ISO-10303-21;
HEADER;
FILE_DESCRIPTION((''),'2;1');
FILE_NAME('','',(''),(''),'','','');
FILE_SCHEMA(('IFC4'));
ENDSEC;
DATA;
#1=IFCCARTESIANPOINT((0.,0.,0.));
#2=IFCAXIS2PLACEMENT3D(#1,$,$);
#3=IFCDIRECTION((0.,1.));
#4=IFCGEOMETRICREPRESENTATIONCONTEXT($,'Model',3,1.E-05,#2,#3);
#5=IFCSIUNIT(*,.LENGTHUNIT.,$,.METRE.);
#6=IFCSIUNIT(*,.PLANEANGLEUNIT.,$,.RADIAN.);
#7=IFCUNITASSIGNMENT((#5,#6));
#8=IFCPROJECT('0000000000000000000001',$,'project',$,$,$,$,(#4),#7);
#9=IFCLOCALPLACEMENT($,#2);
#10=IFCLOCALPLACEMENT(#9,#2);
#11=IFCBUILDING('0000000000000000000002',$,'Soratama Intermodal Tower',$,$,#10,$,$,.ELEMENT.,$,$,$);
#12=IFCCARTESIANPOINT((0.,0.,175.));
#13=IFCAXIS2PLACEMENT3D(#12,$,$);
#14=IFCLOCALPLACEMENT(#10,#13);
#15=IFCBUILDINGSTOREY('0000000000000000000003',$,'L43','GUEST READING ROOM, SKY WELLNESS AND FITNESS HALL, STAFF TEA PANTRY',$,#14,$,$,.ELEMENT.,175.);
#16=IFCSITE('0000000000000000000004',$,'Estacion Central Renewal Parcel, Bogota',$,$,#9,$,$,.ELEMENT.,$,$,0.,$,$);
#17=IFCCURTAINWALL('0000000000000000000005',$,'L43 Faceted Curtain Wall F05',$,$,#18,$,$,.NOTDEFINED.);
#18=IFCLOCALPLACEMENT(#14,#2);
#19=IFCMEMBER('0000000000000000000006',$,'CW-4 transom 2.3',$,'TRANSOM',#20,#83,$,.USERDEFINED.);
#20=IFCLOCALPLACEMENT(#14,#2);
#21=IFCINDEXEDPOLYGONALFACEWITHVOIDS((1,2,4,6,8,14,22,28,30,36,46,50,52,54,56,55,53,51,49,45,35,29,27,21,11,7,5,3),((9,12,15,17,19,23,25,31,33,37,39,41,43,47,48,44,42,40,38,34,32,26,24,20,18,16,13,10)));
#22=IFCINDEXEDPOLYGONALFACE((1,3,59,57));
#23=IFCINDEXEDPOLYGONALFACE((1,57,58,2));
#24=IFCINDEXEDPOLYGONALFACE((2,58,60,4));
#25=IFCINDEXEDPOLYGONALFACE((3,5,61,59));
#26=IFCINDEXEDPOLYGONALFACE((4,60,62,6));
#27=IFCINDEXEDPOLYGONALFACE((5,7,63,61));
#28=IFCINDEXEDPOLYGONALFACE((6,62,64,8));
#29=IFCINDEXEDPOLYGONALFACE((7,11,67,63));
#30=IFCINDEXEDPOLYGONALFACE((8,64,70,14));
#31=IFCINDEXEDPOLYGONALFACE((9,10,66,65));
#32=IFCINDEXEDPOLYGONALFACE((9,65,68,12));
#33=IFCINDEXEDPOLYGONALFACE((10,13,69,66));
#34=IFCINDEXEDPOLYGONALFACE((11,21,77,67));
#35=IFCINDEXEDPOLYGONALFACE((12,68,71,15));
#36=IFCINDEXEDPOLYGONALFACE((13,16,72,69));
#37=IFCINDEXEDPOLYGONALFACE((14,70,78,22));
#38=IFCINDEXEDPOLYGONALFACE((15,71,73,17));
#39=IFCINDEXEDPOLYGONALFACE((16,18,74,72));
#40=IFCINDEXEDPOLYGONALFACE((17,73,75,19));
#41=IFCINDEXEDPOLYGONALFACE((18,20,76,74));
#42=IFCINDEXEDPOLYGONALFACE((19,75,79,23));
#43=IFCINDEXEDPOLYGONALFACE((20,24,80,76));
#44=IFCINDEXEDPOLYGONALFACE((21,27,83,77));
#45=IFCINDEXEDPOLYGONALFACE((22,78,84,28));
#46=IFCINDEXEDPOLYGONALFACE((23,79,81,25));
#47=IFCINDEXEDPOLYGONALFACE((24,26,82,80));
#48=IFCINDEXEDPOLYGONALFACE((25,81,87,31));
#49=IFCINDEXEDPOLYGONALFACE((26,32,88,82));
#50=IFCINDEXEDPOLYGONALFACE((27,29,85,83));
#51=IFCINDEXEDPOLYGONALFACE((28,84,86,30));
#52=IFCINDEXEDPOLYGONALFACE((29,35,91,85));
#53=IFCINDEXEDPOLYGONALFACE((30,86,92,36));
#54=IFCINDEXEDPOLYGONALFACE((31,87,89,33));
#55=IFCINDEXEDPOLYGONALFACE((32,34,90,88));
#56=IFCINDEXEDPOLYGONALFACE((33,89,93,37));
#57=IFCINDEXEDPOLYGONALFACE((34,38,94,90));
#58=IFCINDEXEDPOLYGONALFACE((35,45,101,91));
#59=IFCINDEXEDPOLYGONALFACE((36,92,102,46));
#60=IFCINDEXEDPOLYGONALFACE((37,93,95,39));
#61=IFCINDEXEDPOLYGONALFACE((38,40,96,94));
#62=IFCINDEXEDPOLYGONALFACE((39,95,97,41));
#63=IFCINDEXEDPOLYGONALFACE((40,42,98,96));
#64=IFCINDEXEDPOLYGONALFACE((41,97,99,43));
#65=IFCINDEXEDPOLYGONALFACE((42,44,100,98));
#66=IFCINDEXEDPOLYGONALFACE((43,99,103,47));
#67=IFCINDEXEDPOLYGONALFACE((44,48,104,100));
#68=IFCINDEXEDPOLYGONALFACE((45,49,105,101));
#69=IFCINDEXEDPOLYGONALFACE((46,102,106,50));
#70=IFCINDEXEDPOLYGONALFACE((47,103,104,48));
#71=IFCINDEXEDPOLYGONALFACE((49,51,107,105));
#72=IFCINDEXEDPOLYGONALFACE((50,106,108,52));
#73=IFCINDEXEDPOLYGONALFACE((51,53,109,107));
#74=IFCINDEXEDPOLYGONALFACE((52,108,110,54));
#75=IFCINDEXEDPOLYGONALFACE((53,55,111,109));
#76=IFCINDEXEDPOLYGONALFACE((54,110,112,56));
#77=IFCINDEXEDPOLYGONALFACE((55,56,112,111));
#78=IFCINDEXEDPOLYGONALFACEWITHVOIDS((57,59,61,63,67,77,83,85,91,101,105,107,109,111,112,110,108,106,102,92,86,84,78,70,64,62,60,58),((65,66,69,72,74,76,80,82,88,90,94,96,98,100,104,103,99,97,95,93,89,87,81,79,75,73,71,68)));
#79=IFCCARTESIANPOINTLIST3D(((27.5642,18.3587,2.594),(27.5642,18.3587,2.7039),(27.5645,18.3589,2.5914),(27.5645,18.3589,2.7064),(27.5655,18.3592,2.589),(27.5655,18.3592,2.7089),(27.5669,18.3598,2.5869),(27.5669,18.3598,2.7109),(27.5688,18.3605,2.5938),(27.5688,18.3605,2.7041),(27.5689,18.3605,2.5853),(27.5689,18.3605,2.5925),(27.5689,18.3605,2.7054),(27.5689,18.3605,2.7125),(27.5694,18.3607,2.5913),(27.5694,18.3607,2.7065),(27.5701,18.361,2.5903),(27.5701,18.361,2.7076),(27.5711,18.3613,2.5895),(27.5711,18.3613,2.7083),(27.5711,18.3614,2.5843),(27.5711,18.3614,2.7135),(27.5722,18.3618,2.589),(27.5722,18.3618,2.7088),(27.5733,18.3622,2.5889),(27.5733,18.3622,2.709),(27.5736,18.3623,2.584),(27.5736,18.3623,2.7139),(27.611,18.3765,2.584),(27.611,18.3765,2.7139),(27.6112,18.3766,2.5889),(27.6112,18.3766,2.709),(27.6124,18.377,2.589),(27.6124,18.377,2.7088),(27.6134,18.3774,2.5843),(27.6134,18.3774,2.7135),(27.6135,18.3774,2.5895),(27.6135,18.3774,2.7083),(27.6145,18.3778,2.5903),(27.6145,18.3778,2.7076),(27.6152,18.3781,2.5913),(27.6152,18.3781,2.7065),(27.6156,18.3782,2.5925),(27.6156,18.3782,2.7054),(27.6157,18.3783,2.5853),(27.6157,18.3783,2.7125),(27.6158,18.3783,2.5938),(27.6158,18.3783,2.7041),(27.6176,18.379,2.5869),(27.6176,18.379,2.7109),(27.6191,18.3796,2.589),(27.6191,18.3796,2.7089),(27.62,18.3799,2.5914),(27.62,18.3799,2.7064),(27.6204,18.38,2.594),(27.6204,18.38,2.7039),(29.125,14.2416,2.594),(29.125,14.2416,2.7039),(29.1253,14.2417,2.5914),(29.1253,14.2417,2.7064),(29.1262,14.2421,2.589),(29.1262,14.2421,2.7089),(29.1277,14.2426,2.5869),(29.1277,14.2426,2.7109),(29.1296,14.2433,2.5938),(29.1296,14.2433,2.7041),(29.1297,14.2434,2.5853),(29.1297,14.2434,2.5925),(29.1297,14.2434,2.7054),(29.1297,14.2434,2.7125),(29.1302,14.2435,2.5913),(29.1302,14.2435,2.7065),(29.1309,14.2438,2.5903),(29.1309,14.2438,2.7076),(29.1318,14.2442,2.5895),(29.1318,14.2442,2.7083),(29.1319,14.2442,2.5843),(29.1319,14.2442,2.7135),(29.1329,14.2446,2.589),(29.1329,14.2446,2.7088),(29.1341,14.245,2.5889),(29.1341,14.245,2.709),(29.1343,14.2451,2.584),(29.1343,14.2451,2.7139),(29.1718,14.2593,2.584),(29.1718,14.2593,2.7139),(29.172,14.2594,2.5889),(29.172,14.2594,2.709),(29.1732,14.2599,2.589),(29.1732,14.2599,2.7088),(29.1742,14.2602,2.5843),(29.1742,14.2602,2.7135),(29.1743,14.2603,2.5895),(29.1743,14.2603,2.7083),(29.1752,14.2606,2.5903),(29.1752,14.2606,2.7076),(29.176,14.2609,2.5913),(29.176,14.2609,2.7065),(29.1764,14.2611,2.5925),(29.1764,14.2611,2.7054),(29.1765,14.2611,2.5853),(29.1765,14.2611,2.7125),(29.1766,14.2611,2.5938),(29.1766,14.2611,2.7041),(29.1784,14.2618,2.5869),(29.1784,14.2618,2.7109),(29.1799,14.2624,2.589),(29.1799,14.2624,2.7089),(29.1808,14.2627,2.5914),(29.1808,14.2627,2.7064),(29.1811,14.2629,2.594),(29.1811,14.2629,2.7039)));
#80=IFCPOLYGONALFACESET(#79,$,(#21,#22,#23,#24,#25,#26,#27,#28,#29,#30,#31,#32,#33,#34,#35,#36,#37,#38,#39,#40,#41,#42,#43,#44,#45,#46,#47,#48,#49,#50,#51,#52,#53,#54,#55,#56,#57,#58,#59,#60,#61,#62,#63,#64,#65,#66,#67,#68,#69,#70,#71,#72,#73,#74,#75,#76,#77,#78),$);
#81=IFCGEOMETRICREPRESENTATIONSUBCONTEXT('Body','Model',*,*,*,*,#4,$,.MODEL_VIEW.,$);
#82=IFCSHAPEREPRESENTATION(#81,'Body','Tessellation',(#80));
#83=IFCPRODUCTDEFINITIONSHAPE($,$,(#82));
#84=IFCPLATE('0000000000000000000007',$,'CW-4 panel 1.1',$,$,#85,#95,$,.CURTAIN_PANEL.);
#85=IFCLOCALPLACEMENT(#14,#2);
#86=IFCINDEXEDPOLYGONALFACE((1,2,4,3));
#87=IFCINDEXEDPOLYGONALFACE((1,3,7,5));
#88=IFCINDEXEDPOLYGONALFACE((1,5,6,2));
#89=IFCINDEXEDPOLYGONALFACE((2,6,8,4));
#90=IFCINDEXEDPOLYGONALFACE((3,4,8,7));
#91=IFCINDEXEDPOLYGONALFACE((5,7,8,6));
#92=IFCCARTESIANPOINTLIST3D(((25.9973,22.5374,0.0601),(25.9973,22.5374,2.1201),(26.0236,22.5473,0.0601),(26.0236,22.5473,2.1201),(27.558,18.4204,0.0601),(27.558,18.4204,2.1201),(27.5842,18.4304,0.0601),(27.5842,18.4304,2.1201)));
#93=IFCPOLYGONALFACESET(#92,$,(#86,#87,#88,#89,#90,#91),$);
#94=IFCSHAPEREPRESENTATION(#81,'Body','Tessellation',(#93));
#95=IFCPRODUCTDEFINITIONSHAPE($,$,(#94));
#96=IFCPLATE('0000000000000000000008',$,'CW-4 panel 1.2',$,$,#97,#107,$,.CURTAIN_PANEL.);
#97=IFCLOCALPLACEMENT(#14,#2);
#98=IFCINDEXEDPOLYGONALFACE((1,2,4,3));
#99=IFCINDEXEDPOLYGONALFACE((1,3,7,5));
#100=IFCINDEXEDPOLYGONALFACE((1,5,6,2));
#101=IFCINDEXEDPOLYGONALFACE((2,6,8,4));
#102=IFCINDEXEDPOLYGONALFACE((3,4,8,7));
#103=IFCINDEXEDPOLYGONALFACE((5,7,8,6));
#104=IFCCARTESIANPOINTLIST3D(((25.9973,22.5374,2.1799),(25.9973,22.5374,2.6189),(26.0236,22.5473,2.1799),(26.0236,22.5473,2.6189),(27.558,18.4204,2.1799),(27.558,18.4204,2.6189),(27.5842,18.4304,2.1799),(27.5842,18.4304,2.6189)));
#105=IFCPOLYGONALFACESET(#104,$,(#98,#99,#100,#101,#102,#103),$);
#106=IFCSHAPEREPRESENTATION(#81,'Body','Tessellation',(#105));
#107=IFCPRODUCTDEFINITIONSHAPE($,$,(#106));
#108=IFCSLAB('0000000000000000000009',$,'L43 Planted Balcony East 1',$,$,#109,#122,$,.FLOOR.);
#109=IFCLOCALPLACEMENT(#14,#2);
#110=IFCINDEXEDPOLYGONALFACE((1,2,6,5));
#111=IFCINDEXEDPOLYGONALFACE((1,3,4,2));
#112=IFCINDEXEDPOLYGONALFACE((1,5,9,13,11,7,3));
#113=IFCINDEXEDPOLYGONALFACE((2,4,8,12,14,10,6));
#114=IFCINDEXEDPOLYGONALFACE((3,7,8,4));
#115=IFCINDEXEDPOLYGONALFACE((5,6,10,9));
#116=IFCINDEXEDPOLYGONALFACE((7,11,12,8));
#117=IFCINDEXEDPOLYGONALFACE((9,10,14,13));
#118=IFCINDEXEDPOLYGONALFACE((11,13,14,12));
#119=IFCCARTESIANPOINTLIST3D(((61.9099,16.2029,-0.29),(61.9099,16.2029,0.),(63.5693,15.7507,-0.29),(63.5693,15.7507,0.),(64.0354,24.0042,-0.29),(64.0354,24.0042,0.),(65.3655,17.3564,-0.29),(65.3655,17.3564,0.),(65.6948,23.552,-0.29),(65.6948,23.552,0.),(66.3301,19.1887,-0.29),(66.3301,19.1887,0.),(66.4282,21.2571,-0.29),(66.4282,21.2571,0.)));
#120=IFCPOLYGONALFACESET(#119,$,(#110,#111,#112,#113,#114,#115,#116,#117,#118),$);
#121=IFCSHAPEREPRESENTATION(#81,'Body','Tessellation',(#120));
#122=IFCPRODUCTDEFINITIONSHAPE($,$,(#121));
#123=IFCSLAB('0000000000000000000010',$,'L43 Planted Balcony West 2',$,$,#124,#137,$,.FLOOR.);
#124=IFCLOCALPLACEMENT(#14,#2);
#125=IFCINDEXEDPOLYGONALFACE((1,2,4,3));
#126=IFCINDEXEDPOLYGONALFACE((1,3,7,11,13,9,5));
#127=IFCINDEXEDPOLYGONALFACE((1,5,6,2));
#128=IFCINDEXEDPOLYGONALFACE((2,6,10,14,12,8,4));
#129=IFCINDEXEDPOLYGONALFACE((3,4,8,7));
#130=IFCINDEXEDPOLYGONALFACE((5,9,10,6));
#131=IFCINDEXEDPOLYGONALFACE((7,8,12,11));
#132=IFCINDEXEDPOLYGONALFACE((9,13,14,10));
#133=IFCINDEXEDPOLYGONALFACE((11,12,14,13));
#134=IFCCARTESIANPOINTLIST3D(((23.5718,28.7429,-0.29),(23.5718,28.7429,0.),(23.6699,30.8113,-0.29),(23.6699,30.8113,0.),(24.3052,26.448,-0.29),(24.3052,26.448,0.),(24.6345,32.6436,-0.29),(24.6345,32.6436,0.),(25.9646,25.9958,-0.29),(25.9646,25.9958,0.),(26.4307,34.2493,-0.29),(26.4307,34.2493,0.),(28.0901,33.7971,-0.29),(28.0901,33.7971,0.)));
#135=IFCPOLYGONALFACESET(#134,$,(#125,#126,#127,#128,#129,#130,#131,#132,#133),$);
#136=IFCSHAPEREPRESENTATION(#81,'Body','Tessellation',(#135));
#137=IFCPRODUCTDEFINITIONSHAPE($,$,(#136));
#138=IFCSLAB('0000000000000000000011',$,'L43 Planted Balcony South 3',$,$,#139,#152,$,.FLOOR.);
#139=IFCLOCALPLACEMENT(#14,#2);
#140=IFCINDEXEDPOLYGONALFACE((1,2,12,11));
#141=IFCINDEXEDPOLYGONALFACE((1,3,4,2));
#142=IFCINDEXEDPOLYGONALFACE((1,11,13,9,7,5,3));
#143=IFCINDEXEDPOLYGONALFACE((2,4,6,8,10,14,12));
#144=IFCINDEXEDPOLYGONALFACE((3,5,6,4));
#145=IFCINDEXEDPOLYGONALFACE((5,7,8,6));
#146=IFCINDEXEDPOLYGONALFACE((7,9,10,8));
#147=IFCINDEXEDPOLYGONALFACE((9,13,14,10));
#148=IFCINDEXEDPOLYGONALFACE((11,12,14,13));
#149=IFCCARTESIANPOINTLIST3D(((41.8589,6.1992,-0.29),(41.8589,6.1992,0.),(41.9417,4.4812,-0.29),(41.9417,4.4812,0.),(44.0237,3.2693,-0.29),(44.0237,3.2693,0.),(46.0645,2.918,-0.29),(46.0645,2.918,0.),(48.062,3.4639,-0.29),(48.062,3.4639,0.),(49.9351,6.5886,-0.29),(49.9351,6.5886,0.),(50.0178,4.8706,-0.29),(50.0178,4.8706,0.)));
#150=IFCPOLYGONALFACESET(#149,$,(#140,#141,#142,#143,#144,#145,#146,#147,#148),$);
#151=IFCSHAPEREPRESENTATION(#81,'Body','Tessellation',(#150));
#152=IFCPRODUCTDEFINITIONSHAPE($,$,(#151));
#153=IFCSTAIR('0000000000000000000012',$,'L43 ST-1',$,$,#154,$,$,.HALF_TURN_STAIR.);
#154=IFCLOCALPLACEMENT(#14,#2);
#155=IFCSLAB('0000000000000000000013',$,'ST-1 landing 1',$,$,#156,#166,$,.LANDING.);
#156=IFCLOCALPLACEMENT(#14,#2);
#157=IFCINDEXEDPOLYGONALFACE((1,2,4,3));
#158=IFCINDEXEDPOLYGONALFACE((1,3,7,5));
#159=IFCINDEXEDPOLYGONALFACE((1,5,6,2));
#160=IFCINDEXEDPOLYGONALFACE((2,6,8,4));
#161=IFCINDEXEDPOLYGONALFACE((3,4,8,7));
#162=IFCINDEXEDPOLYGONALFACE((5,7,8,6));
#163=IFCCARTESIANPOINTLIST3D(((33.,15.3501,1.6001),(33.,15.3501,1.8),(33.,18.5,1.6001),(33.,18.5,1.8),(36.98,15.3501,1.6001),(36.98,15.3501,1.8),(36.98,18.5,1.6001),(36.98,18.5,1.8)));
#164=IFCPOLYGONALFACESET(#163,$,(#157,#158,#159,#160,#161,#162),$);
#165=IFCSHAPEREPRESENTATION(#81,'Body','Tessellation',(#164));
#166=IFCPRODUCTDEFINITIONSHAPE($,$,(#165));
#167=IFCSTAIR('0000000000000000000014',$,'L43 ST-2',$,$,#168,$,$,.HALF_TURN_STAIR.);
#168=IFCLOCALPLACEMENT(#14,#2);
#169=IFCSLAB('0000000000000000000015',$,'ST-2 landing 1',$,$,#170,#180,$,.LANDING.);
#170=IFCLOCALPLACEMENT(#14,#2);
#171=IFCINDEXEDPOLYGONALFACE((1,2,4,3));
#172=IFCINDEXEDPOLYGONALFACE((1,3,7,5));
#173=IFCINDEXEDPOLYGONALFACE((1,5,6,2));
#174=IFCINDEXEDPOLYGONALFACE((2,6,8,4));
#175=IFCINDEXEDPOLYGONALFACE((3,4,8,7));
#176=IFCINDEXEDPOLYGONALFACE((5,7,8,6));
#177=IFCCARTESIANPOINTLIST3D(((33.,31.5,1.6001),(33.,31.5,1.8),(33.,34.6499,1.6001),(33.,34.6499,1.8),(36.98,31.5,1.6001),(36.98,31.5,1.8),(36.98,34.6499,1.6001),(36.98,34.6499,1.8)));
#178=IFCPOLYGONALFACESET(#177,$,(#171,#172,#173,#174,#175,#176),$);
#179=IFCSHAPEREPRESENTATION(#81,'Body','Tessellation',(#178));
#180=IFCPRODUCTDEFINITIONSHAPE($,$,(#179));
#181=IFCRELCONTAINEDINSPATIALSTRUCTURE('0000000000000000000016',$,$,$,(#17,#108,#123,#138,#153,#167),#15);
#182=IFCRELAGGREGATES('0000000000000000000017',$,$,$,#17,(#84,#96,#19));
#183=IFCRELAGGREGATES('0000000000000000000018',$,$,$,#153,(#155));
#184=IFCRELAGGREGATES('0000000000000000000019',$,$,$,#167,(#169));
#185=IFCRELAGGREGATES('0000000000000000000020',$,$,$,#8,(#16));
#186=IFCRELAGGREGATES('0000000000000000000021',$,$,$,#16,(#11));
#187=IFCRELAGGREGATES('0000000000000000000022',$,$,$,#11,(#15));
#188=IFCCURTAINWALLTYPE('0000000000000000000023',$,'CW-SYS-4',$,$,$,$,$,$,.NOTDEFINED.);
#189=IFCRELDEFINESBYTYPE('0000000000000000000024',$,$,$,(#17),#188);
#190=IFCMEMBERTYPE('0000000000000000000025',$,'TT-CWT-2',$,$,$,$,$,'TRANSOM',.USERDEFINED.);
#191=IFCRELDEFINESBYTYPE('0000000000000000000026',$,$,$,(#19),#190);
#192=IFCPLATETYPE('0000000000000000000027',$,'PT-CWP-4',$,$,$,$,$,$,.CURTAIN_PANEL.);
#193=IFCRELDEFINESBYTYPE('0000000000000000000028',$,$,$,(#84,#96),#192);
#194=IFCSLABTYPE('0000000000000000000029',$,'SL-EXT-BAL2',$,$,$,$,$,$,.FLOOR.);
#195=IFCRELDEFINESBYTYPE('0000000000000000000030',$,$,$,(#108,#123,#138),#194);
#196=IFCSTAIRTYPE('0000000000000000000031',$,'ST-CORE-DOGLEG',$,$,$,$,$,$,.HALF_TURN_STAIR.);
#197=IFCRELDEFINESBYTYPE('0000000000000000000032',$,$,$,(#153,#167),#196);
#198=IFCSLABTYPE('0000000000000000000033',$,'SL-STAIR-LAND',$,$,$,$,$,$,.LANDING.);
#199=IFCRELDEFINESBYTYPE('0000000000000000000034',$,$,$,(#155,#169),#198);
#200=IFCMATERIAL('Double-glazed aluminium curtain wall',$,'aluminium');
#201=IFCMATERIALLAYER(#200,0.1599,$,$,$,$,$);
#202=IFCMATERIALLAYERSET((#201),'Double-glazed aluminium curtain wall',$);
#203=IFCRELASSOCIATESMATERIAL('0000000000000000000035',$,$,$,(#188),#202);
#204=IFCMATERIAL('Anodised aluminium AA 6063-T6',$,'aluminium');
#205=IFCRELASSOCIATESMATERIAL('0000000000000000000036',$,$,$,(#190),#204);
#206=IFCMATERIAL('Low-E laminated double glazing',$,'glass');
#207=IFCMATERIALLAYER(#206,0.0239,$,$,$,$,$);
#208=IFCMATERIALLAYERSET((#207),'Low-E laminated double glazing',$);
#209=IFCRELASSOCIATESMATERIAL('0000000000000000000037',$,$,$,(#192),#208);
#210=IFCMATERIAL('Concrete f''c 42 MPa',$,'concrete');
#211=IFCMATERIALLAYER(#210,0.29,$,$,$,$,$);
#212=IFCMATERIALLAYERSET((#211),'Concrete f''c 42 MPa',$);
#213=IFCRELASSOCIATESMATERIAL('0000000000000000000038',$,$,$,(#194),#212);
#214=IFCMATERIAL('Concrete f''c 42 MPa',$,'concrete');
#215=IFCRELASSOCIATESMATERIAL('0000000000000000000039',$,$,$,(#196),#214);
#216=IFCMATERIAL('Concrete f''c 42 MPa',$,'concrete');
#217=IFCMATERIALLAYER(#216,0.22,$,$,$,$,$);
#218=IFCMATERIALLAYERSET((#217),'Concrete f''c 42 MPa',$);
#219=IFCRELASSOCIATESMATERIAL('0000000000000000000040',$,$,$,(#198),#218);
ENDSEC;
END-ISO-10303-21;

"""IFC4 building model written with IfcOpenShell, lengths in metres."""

from ifc_helpers import new_model, si_unit, direction, frame, origin, origin_2d, place, context, subcontext, project, spatial, polyline, rectangle, hollow_rectangle, outline, extrude, material, layer, layer_set, material_profile, profile_set, type_object, element, aggregate, save


model = new_model("IFC4")

# Units and contexts
model_context = context("Model", 3, precision=1e-05, world=origin(), true_north=direction((0.0, 1.0)))
body_context = subcontext(model_context, "Body", "Model", "MODEL_VIEW")
ifc_project = project(units=[si_unit("LENGTHUNIT", "METRE"), si_unit("PLANEANGLEUNIT", "RADIAN")], contexts=[model_context])

# Site, building, storey
site_placement = place(None, origin())
site = spatial("IfcSite", under=ifc_project, at=site_placement, Name="Estacion Central Renewal Parcel, Bogota", CompositionType="ELEMENT", RefElevation=0.0)
building_placement = place(site_placement, origin())
building = spatial("IfcBuilding", under=site, at=building_placement, Name="Soratama Intermodal Tower", CompositionType="ELEMENT")
storey_placement = place(building_placement, frame((0.0, 0.0, 175.0)))
storey = spatial("IfcBuildingStorey", under=building, at=storey_placement, Name="L43", Description="GUEST READING ROOM, SKY WELLNESS AND FITNESS HALL, STAFF TEA PANTRY", CompositionType="ELEMENT", Elevation=175.0)

# Curtain wall, member, plates
ifc_material_1 = material(Name="Double-glazed aluminium curtain wall", Category="aluminium")
ifc_layer_1 = layer(ifc_material_1, 0.1599)
ifc_layer_set_1 = layer_set([ifc_layer_1], Name="Double-glazed aluminium curtain wall")
curtain_wall_type = type_object("IfcCurtainWallType", Name="CW-SYS-4", PredefinedType="NOTDEFINED", material=ifc_layer_set_1)
curtain_wall_placement = place(storey_placement, origin())
curtain_wall = element("IfcCurtainWall", 1, at=curtain_wall_placement, inside=storey, type_object=curtain_wall_type, Name="L43 Faceted Curtain Wall F05", PredefinedType="NOTDEFINED")
ifc_material_2 = material(Name="Anodised aluminium AA 6063-T6", Category="aluminium")
ifc_material_profile_1 = material_profile(ifc_material_2, hollow_rectangle(XDim=0.0601, YDim=0.1299, WallThickness=0.0049, InnerFilletRadius=0.0049, OuterFilletRadius=0.01, at=origin_2d()), Name="CWT130X60X5")
ifc_profile_set_1 = profile_set([ifc_material_profile_1], Name="Anodised aluminium AA 6063-T6")
member_type_1 = type_object("IfcMemberType", Name="TT-CWT-2", ElementType="TRANSOM", PredefinedType="USERDEFINED", material=ifc_profile_set_1)
member_1_placement = place(storey_placement, frame((27.5923, 18.3694, 2.6489), z_axis=(0.354475, -0.935065, 0.0), x_axis=(0.935065, 0.354475, 0.0)))
member_1 = element("IfcMember", 2, at=member_1_placement, type_object=member_type_1, Name="CW-4 transom 2.3", ObjectType="TRANSOM", PredefinedType="USERDEFINED", context=body_context, shape_type="SweptSolid", body=[
    extrude(hollow_rectangle(XDim=0.0601, YDim=0.1299, WallThickness=0.0049, InnerFilletRadius=0.0049, OuterFilletRadius=0.01, at=origin_2d()), origin(), (0.0, 0.0, 1.0), 4.4031),
])
ifc_material_3 = material(Name="Low-E laminated double glazing", Category="glass")
ifc_layer_2 = layer(ifc_material_3, 0.0239)
ifc_layer_set_2 = layer_set([ifc_layer_2], Name="Low-E laminated double glazing")
plate_type = type_object("IfcPlateType", Name="PT-CWP-4", PredefinedType="CURTAIN_PANEL", material=ifc_layer_set_2)
plate_1_placement = place(storey_placement, frame((26.7908, 20.4839, 0.0601), z_axis=(0.0, 0.0, 1.0), x_axis=(0.354462, -0.935071, 0.0)))
plate_1 = element("IfcPlate", 3, at=plate_1_placement, type_object=plate_type, Name="CW-4 panel 1.1", PredefinedType="CURTAIN_PANEL", context=body_context, shape_type="SweptSolid", body=[
    extrude(rectangle(XDim=4.4028, YDim=0.0281, at=origin_2d()), origin(), (0.0, 0.0, 1.0), 2.0601),
])
plate_2_placement = place(storey_placement, frame((26.7908, 20.4839, 2.1799), z_axis=(0.0, 0.0, 1.0), x_axis=(0.354462, -0.935071, 0.0)))
plate_2 = element("IfcPlate", 4, at=plate_2_placement, type_object=plate_type, Name="CW-4 panel 1.2", PredefinedType="CURTAIN_PANEL", context=body_context, shape_type="SweptSolid", body=[
    extrude(rectangle(XDim=4.4028, YDim=0.0281, at=origin_2d()), origin(), (0.0, 0.0, 1.0), 0.439),
])
aggregate(curtain_wall, [plate_1, plate_2, member_1])

# Slabs
ifc_material_4 = material(Name="Concrete f'c 42 MPa", Category="concrete")
ifc_layer_3 = layer(ifc_material_4, 0.29)
ifc_layer_set_3 = layer_set([ifc_layer_3], Name="Concrete f'c 42 MPa")
slab_type_1 = type_object("IfcSlabType", Name="SL-EXT-BAL2", PredefinedType="FLOOR", material=ifc_layer_set_3)
slab_1_placement = place(storey_placement, frame((0.0, 0.0, -0.29)))
element("IfcSlab", 5, at=slab_1_placement, inside=storey, type_object=slab_type_1, Name="L43 Planted Balcony East 1", PredefinedType="FLOOR", context=body_context, shape_type="SweptSolid", body=[
    extrude(outline(polyline([(61.9099, 16.2029), (64.0354, 24.0042), (65.6948, 23.552), (66.4282, 21.2571), (66.3301, 19.1887), (65.3655, 17.3564), (63.5693, 15.7507), (61.9099, 16.2029)])), origin(), (0.0, 0.0, 1.0), 0.29),
])
slab_2_placement = place(storey_placement, frame((0.0, 0.0, -0.29)))
element("IfcSlab", 6, at=slab_2_placement, inside=storey, type_object=slab_type_1, Name="L43 Planted Balcony West 2", PredefinedType="FLOOR", context=body_context, shape_type="SweptSolid", body=[
    extrude(outline(polyline([(28.0901, 33.7971), (25.9646, 25.9958), (24.3052, 26.448), (23.5718, 28.7429), (23.6699, 30.8113), (24.6345, 32.6436), (26.4307, 34.2493), (28.0901, 33.7971)])), origin(), (0.0, 0.0, 1.0), 0.29),
])
slab_3_placement = place(storey_placement, frame((0.0, 0.0, -0.29)))
element("IfcSlab", 7, at=slab_3_placement, inside=storey, type_object=slab_type_1, Name="L43 Planted Balcony South 3", PredefinedType="FLOOR", context=body_context, shape_type="SweptSolid", body=[
    extrude(outline(polyline([(41.8589, 6.1992), (49.9351, 6.5886), (50.0178, 4.8706), (48.062, 3.4639), (46.0645, 2.918), (44.0237, 3.2693), (41.9417, 4.4812), (41.8589, 6.1992)])), origin(), (0.0, 0.0, 1.0), 0.29),
])

# Stairs, slabs
ifc_material_5 = material(Name="Concrete f'c 42 MPa", Category="concrete")
stair_type = type_object("IfcStairType", Name="ST-CORE-DOGLEG", PredefinedType="HALF_TURN_STAIR", material=ifc_material_5)
stair_1_placement = place(storey_placement, origin())
stair_1 = element("IfcStair", 8, at=stair_1_placement, inside=storey, type_object=stair_type, Name="L43 ST-1", PredefinedType="HALF_TURN_STAIR")
ifc_material_6 = material(Name="Concrete f'c 42 MPa", Category="concrete")
ifc_layer_4 = layer(ifc_material_6, 0.22)
ifc_layer_set_4 = layer_set([ifc_layer_4], Name="Concrete f'c 42 MPa")
slab_type_2 = type_object("IfcSlabType", Name="SL-STAIR-LAND", PredefinedType="LANDING", material=ifc_layer_set_4)
slab_4_placement = place(storey_placement, frame((0.0, 0.0, 1.6001)))
slab_4 = element("IfcSlab", 9, at=slab_4_placement, type_object=slab_type_2, Name="ST-1 landing 1", PredefinedType="LANDING", context=body_context, shape_type="SweptSolid", body=[
    extrude(outline(polyline([(36.98, 18.5), (33.0, 18.5), (33.0, 15.3501), (36.98, 15.3501), (36.98, 18.5)])), origin(), (0.0, 0.0, 1.0), 0.2),
])
aggregate(stair_1, [slab_4])
stair_2_placement = place(storey_placement, origin())
stair_2 = element("IfcStair", 10, at=stair_2_placement, inside=storey, type_object=stair_type, Name="L43 ST-2", PredefinedType="HALF_TURN_STAIR")
slab_5_placement = place(storey_placement, frame((0.0, 0.0, 1.6001)))
slab_5 = element("IfcSlab", 11, at=slab_5_placement, type_object=slab_type_2, Name="ST-2 landing 1", PredefinedType="LANDING", context=body_context, shape_type="SweptSolid", body=[
    extrude(outline(polyline([(36.98, 34.6499), (33.0, 34.6499), (33.0, 31.5), (36.98, 31.5), (36.98, 34.6499)])), origin(), (0.0, 0.0, 1.0), 0.2),
])
aggregate(stair_2, [slab_5])

save(model, "model.ifc")
